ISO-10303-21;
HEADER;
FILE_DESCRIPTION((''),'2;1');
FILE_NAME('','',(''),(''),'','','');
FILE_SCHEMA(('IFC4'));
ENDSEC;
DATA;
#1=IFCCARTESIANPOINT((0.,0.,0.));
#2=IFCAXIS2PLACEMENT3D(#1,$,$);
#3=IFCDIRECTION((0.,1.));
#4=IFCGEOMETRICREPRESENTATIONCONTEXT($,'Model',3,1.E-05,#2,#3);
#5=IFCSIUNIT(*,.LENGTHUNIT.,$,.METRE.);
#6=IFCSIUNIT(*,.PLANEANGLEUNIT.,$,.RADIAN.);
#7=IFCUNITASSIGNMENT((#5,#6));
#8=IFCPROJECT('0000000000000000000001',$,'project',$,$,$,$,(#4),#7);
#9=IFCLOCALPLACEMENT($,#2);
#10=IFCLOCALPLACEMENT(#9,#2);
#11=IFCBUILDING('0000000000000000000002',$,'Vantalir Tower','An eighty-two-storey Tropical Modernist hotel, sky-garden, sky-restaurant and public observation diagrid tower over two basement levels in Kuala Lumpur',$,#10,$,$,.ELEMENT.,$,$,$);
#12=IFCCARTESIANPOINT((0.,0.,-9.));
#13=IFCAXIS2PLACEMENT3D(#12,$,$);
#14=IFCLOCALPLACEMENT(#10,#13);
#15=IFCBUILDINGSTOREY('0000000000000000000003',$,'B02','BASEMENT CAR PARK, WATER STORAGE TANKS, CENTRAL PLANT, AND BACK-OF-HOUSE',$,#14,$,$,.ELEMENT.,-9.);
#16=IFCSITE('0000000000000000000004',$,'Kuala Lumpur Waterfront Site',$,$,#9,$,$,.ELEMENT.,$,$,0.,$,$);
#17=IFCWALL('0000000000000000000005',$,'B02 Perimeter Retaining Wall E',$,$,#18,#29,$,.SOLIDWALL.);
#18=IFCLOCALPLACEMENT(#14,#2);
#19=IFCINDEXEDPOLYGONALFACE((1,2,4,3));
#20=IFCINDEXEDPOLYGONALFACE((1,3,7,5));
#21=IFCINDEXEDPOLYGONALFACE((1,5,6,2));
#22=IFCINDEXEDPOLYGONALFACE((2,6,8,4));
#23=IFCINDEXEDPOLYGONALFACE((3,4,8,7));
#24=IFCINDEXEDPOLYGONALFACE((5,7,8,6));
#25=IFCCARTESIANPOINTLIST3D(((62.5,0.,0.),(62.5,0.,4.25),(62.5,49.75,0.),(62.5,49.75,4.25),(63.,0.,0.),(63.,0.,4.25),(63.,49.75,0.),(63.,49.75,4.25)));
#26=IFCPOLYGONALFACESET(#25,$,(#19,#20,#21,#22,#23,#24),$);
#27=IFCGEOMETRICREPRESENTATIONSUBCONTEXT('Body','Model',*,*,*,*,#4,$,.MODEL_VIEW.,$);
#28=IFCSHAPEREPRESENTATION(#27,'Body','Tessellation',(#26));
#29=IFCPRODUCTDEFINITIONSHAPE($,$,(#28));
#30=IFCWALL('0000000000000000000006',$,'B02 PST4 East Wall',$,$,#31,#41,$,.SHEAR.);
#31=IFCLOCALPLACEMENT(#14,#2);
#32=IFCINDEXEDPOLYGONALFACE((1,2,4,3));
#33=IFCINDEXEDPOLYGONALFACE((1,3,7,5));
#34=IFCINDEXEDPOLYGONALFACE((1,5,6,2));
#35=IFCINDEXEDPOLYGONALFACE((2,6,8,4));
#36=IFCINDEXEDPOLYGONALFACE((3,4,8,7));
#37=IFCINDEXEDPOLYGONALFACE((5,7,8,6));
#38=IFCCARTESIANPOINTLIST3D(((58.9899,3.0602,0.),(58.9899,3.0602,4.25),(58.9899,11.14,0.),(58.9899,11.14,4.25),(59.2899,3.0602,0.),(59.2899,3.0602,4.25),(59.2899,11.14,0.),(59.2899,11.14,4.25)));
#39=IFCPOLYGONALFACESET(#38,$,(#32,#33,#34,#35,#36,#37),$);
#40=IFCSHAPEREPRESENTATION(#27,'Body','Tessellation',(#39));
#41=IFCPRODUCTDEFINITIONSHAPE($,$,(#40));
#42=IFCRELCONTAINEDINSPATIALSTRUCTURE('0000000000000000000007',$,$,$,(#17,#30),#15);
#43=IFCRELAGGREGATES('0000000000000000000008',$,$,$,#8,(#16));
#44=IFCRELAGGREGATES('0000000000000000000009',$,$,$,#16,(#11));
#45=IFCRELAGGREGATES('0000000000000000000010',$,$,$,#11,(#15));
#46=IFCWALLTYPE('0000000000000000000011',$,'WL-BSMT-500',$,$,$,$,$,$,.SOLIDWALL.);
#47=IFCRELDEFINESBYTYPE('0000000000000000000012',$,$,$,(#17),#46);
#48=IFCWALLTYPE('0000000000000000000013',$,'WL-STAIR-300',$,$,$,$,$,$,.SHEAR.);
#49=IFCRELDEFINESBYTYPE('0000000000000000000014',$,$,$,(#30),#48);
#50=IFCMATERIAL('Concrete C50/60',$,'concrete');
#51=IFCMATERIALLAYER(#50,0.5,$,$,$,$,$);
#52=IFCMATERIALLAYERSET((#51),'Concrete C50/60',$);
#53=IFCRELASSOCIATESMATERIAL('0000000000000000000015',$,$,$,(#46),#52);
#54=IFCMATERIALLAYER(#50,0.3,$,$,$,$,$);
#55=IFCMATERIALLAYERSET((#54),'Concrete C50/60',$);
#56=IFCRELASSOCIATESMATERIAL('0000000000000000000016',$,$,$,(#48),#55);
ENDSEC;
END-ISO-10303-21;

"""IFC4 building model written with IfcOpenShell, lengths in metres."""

from ifc_helpers import new_model, si_unit, direction, frame, frame_2d, origin, place, context, subcontext, project, spatial, rectangle, extrude, material, layer, layer_set, type_object, element, save


model = new_model("IFC4")

# Units and contexts
model_context = context("Model", 3, precision=1e-05, world=origin(), true_north=direction((0.0, 1.0)))
body_context = subcontext(model_context, "Body", "Model", "MODEL_VIEW")
ifc_project = project(units=[si_unit("LENGTHUNIT", "METRE"), si_unit("PLANEANGLEUNIT", "RADIAN")], contexts=[model_context])

# Site, building, storey
site_placement = place(None, origin())
site = spatial("IfcSite", under=ifc_project, at=site_placement, Name="Kuala Lumpur Waterfront Site", CompositionType="ELEMENT", RefElevation=0.0)
building_placement = place(site_placement, origin())
building = spatial("IfcBuilding", under=site, at=building_placement, Name="Vantalir Tower", Description="An eighty-two-storey Tropical Modernist hotel, sky-garden, sky-restaurant and public observation diagrid tower over two basement levels in Kuala Lumpur", CompositionType="ELEMENT")
storey_placement = place(building_placement, frame((0.0, 0.0, -9.0)))
storey = spatial("IfcBuildingStorey", under=building, at=storey_placement, Name="B02", Description="BASEMENT CAR PARK, WATER STORAGE TANKS, CENTRAL PLANT, AND BACK-OF-HOUSE", CompositionType="ELEMENT", Elevation=-9.0)

# Shared definitions
ifc_material_1 = material(Name="Concrete C50/60", Category="concrete")

# Walls
ifc_layer_1 = layer(ifc_material_1, 0.5)
ifc_layer_set_1 = layer_set([ifc_layer_1], Name="Concrete C50/60")
wall_type_1 = type_object("IfcWallType", Name="WL-BSMT-500", PredefinedType="SOLIDWALL", material=ifc_layer_set_1)
wall_1_placement = place(storey_placement, frame((62.75, 0.0, 0.0), z_axis=(0.0, 0.0, 1.0), x_axis=(0.0, 1.0, 0.0)))
element("IfcWall", 1, at=wall_1_placement, inside=storey, type_object=wall_type_1, Name="B02 Perimeter Retaining Wall E", PredefinedType="SOLIDWALL", context=body_context, shape_type="SweptSolid", body=[
    extrude(rectangle(XDim=49.75, YDim=0.5, at=frame_2d((24.875, 0.0))), origin(), (0.0, 0.0, 1.0), 4.25),
])
ifc_layer_2 = layer(ifc_material_1, 0.3)
ifc_layer_set_2 = layer_set([ifc_layer_2], Name="Concrete C50/60")
wall_type_2 = type_object("IfcWallType", Name="WL-STAIR-300", PredefinedType="SHEAR", material=ifc_layer_set_2)
wall_2_placement = place(storey_placement, frame((59.1399, 3.0601, 0.0), z_axis=(0.0, 0.0, 1.0), x_axis=(0.0, 1.0, 0.0)))
element("IfcWall", 2, at=wall_2_placement, inside=storey, type_object=wall_type_2, Name="B02 PST4 East Wall", PredefinedType="SHEAR", context=body_context, shape_type="SweptSolid", body=[
    extrude(rectangle(XDim=8.0798, YDim=0.3, at=frame_2d((4.04, 0.0))), origin(), (0.0, 0.0, 1.0), 4.25),
])

save(model, "model.ifc")
